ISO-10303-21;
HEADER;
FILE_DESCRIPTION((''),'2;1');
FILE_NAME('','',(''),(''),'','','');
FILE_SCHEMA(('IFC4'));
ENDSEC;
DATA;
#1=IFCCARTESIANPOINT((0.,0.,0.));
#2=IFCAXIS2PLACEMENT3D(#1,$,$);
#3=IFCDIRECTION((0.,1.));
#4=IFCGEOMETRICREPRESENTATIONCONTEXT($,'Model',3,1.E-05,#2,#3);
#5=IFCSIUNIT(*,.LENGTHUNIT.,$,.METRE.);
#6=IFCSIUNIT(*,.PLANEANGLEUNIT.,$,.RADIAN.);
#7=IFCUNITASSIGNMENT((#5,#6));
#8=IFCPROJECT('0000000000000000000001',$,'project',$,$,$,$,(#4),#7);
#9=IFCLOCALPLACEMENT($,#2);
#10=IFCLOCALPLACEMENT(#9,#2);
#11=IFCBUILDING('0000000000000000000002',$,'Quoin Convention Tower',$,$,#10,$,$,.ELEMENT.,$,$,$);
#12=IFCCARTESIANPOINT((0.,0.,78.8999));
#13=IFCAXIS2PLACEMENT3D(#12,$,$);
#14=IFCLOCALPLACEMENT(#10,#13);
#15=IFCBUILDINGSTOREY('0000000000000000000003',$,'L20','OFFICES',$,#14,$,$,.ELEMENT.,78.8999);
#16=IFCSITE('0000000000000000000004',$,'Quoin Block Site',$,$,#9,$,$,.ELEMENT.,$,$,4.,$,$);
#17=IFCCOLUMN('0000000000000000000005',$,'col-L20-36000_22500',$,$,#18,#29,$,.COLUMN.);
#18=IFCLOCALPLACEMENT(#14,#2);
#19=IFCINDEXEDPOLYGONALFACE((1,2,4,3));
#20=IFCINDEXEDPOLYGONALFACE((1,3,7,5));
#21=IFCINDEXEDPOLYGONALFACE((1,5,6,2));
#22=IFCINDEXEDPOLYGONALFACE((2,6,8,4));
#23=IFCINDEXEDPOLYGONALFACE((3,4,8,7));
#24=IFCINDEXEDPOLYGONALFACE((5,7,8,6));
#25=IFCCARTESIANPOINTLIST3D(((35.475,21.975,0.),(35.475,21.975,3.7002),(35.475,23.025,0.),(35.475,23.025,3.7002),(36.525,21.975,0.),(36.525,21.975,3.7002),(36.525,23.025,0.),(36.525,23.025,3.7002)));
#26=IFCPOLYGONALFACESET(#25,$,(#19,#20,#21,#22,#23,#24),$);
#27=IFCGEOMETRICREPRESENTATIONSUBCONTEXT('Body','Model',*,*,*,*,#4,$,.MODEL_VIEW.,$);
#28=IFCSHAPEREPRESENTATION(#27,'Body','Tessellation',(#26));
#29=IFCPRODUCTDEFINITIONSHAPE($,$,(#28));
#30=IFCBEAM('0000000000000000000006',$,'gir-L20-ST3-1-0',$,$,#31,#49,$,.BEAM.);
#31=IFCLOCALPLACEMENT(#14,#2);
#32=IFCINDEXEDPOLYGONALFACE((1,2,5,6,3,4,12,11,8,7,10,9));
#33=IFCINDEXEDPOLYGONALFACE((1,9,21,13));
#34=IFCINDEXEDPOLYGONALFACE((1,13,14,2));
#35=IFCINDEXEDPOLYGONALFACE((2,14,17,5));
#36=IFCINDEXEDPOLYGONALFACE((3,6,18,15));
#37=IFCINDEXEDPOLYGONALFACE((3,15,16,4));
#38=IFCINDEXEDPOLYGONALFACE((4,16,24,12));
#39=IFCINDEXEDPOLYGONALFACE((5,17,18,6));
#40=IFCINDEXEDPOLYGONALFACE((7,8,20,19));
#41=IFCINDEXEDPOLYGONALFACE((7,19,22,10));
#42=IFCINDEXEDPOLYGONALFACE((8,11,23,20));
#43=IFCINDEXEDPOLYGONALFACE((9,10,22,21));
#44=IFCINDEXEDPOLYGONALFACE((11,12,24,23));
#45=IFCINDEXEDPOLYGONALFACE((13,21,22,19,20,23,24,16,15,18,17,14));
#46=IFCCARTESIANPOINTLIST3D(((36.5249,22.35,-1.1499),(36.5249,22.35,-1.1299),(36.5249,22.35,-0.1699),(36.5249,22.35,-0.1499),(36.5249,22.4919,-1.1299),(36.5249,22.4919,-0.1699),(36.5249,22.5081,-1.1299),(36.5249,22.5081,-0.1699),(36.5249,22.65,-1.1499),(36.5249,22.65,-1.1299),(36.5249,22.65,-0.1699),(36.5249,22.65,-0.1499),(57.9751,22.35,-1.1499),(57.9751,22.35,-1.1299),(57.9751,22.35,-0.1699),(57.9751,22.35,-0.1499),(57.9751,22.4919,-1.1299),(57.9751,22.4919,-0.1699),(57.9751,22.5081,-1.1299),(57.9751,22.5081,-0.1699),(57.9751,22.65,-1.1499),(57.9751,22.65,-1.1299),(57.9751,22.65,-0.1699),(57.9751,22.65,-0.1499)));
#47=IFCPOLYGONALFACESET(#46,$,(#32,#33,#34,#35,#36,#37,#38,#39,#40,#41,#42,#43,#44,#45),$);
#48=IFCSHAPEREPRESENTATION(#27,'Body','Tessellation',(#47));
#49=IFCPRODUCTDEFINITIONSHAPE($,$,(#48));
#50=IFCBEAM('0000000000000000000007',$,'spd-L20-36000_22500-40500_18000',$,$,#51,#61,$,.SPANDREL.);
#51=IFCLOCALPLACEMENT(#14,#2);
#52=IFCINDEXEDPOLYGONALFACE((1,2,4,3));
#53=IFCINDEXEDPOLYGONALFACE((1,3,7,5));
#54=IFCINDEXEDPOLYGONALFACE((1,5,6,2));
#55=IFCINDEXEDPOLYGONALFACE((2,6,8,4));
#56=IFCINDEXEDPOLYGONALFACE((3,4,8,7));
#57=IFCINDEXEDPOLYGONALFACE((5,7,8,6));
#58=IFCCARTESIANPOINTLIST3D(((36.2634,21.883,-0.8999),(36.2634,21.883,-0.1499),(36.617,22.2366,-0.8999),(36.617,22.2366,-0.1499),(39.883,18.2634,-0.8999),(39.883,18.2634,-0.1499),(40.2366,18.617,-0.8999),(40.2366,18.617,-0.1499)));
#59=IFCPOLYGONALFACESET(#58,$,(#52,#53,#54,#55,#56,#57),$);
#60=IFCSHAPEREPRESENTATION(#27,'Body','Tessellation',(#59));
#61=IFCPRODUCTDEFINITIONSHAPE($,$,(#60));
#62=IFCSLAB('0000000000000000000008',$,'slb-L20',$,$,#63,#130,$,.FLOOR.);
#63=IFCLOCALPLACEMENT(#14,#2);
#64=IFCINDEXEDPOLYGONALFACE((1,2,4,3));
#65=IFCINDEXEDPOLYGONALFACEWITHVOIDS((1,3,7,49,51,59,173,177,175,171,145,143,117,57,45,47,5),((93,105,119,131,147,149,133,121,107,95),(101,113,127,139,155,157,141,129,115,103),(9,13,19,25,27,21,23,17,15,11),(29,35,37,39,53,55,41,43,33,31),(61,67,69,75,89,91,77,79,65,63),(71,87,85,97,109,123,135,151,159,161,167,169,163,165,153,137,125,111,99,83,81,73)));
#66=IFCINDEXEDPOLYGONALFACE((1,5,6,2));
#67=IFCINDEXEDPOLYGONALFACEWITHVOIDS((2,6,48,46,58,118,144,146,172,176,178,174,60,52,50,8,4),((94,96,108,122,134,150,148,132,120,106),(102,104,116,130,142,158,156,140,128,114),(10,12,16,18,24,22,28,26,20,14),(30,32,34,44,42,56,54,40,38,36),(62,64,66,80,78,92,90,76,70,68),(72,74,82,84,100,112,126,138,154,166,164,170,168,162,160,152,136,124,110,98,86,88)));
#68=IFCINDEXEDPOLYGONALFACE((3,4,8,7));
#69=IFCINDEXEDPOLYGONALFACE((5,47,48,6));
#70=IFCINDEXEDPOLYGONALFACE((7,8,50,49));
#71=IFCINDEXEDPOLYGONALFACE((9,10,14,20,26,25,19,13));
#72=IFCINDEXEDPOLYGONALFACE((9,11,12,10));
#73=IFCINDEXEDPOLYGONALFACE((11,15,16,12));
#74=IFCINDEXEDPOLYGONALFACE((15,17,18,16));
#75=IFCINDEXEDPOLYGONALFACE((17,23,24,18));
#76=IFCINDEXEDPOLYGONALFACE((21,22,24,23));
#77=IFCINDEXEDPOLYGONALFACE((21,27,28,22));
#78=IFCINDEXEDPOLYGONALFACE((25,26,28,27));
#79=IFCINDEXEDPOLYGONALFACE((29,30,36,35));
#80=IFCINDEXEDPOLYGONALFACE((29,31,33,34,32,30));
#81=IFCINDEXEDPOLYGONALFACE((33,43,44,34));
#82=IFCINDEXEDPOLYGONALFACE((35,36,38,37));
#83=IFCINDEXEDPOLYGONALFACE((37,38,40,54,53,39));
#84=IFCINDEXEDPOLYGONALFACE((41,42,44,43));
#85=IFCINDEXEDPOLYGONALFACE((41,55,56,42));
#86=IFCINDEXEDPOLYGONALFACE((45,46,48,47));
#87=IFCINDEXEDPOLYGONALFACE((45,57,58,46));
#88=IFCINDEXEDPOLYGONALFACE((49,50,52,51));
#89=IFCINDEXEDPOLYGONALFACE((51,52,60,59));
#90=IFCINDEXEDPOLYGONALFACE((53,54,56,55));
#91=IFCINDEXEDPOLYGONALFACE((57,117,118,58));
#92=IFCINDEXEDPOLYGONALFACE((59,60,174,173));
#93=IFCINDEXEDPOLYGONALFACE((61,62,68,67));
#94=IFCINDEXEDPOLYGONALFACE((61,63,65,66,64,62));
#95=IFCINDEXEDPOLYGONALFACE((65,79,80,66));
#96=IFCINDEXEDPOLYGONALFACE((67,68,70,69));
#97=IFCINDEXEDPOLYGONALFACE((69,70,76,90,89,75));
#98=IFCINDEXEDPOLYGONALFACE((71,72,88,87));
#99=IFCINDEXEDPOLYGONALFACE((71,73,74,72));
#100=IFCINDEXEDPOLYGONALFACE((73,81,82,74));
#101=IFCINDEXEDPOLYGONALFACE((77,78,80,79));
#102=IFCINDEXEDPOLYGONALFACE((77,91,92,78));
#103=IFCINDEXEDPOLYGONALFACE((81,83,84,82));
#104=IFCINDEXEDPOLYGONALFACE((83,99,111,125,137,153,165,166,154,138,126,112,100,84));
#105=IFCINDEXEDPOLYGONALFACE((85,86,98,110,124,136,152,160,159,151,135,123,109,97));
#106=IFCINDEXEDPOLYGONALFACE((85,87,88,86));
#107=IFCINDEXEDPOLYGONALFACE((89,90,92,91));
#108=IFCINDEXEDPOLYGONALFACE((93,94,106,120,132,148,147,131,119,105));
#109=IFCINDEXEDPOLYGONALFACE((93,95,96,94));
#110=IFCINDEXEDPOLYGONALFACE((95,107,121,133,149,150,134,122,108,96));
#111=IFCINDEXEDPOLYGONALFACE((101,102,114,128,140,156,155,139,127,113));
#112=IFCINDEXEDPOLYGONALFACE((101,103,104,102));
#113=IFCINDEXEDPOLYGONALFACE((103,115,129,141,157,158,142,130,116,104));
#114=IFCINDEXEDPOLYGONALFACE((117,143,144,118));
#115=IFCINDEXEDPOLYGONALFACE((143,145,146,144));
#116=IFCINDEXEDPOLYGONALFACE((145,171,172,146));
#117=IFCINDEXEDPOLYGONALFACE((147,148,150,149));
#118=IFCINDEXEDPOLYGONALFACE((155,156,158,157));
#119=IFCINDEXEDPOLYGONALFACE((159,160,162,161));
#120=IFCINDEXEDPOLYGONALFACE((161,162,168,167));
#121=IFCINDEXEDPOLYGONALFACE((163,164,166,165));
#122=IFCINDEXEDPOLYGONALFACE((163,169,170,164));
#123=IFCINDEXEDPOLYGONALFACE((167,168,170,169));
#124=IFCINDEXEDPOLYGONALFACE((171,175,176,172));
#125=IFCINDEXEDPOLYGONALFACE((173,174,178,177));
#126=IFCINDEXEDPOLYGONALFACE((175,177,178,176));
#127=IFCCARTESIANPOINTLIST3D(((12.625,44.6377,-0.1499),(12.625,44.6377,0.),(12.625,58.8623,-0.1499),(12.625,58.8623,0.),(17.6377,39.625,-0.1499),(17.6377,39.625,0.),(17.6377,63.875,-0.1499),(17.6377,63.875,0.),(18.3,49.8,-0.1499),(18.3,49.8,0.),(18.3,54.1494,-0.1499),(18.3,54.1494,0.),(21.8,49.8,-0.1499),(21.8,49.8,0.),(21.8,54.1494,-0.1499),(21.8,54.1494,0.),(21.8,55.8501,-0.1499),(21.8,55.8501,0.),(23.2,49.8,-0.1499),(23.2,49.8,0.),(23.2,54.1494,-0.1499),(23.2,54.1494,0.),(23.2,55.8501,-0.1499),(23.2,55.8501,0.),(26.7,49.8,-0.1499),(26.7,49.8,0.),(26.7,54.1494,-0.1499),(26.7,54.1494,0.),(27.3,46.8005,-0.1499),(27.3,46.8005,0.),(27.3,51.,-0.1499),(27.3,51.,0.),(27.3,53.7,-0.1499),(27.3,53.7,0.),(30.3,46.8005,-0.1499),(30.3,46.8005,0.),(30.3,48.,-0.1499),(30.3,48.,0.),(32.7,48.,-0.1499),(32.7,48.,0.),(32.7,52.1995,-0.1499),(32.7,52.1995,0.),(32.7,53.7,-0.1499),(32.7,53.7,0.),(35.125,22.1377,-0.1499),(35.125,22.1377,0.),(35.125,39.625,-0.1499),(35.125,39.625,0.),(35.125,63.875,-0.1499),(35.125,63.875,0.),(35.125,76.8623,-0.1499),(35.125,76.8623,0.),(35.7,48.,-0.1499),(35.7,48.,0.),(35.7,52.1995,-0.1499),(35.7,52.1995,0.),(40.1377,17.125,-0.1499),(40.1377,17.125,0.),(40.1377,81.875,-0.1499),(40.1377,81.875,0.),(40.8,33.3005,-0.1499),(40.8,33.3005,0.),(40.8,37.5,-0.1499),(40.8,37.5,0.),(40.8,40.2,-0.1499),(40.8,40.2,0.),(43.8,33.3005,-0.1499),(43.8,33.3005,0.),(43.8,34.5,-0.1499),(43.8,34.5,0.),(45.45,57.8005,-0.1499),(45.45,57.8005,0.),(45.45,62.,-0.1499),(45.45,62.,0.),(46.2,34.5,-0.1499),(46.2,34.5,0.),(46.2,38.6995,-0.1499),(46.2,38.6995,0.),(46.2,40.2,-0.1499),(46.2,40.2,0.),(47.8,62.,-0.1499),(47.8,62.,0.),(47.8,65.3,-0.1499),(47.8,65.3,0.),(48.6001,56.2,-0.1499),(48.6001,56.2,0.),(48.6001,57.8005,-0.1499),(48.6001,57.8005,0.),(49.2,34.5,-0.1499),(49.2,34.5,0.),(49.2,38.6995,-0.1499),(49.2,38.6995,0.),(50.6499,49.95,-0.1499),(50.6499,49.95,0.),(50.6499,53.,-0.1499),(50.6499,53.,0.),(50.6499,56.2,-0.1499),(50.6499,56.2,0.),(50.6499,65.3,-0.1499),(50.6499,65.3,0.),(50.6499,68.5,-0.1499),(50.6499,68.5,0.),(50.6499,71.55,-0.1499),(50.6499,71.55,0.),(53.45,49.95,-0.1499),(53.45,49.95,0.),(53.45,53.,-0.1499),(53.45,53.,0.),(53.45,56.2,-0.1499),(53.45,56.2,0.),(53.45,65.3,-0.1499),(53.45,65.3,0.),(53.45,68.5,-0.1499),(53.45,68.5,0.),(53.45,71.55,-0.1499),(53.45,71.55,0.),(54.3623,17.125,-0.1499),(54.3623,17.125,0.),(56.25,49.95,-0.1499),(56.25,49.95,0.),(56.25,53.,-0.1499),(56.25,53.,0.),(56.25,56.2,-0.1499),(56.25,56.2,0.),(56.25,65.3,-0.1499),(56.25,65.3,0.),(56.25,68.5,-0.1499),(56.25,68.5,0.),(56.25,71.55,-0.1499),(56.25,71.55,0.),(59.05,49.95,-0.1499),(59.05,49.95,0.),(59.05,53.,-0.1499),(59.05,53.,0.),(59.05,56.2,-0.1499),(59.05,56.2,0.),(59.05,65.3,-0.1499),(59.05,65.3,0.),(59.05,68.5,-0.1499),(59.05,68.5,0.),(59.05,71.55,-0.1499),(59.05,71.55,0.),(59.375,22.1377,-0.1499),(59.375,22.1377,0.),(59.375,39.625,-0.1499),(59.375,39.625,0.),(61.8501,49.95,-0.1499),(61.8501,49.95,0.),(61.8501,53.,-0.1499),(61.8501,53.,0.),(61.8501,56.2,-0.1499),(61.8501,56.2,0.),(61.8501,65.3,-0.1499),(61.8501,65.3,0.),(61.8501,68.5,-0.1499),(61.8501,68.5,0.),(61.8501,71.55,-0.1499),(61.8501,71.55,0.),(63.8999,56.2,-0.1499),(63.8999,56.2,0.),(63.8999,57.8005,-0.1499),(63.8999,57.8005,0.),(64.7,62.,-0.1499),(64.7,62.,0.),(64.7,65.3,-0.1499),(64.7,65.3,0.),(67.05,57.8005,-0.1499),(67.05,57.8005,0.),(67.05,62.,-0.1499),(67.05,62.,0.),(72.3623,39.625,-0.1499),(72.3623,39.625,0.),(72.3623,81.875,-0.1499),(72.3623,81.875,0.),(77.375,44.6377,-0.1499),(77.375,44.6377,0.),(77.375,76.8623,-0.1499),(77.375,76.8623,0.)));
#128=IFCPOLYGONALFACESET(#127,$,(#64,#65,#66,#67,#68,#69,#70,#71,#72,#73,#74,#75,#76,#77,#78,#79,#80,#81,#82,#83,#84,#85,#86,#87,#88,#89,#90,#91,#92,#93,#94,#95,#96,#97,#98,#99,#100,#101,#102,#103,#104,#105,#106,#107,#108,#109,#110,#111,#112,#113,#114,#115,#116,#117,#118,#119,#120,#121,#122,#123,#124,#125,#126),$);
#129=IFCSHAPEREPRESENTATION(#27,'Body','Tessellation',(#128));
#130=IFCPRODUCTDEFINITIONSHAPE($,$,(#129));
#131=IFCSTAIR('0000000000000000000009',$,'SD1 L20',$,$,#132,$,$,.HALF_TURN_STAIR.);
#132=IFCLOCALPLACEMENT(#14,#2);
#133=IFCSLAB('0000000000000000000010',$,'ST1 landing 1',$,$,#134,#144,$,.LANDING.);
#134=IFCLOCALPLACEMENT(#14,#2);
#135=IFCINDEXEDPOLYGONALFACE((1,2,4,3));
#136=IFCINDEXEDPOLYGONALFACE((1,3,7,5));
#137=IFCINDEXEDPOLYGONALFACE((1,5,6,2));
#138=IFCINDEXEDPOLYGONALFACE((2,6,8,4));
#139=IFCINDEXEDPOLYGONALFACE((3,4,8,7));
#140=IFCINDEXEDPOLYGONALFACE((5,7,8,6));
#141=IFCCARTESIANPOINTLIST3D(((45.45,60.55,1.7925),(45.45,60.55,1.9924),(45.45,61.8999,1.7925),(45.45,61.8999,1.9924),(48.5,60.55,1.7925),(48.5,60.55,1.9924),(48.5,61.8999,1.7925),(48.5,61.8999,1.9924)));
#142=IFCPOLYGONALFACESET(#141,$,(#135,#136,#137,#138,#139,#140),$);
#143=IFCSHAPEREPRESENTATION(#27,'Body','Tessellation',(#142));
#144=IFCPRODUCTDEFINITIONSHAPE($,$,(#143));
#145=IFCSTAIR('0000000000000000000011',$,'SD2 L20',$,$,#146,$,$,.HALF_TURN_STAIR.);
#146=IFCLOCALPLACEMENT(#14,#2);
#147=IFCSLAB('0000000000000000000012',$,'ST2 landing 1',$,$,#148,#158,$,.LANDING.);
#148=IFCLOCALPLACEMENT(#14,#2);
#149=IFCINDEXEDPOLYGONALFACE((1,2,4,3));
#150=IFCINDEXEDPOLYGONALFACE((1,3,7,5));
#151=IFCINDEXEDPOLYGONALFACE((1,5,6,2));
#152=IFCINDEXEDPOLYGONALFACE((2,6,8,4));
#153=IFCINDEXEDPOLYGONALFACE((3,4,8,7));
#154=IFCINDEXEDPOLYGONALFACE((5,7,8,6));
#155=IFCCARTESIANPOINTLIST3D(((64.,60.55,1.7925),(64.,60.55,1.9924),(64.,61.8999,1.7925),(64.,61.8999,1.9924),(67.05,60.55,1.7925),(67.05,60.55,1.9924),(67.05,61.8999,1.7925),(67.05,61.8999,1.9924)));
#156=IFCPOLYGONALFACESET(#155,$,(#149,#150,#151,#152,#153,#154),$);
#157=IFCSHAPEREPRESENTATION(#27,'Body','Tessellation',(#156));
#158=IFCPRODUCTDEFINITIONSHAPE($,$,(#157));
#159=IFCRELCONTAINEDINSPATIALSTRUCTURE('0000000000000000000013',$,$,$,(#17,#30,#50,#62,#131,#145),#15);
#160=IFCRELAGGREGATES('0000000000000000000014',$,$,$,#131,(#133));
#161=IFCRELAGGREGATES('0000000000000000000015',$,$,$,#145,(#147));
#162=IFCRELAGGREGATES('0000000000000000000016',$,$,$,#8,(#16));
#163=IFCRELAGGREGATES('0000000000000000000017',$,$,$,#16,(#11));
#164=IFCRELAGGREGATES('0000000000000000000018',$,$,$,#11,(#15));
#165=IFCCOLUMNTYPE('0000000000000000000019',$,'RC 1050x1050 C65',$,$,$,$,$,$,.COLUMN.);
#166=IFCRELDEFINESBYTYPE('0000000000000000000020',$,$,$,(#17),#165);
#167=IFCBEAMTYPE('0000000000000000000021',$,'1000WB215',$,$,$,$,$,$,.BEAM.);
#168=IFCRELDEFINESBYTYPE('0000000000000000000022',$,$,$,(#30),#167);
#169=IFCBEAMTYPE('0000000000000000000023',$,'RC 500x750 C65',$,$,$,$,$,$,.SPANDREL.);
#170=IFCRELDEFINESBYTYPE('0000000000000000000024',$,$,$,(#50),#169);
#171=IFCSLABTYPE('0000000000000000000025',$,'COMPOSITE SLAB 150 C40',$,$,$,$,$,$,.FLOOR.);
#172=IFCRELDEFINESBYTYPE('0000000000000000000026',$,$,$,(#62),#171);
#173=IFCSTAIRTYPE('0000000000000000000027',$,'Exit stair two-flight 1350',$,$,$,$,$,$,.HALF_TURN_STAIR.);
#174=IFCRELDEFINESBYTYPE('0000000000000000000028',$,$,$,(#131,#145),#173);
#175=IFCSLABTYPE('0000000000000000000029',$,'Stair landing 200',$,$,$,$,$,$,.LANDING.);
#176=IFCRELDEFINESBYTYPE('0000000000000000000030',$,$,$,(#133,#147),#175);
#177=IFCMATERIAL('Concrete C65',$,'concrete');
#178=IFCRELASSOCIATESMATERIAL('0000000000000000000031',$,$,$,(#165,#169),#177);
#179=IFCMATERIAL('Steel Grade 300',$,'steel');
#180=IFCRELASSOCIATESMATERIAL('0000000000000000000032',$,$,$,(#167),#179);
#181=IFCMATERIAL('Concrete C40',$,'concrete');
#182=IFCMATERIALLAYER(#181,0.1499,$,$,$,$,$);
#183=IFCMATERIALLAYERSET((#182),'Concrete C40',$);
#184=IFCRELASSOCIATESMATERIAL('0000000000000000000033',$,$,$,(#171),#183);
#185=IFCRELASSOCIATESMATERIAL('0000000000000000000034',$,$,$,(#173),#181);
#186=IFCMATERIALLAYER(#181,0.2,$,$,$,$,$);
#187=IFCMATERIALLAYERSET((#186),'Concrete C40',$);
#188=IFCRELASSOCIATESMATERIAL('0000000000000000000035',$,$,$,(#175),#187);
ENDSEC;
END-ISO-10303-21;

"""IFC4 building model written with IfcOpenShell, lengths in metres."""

from ifc_helpers import new_model, si_unit, direction, frame, origin, origin_2d, place, context, subcontext, project, spatial, polyline, rectangle, i_section, outline, extrude, material, layer, layer_set, material_profile, profile_set, type_object, element, aggregate, save


model = new_model("IFC4")

# Units and contexts
model_context = context("Model", 3, precision=1e-05, world=origin(), true_north=direction((0.0, 1.0)))
body_context = subcontext(model_context, "Body", "Model", "MODEL_VIEW")
ifc_project = project(units=[si_unit("LENGTHUNIT", "METRE"), si_unit("PLANEANGLEUNIT", "RADIAN")], contexts=[model_context])

# Site, building, storey
site_placement = place(None, origin())
site = spatial("IfcSite", under=ifc_project, at=site_placement, Name="Quoin Block Site", CompositionType="ELEMENT", RefElevation=4.0)
building_placement = place(site_placement, origin())
building = spatial("IfcBuilding", under=site, at=building_placement, Name="Quoin Convention Tower", CompositionType="ELEMENT")
storey_placement = place(building_placement, frame((0.0, 0.0, 78.8999)))
storey = spatial("IfcBuildingStorey", under=building, at=storey_placement, Name="L20", Description="OFFICES", CompositionType="ELEMENT", Elevation=78.8999)

# Column
ifc_material_1 = material(Name="Concrete C65", Category="concrete")
ifc_material_profile_1 = material_profile(ifc_material_1, rectangle(XDim=1.05, YDim=1.05, at=origin_2d()), Name="RC 1050x1050")
ifc_profile_set_1 = profile_set([ifc_material_profile_1], Name="Concrete C65")
column_type = type_object("IfcColumnType", Name="RC 1050x1050 C65", PredefinedType="COLUMN", material=ifc_profile_set_1)
column_placement = place(storey_placement, frame((36.0, 22.5, 0.0), z_axis=(0.0, 0.0, 1.0), x_axis=(1.0, 0.0, 0.0)))
element("IfcColumn", 1, at=column_placement, inside=storey, type_object=column_type, Name="col-L20-36000_22500", PredefinedType="COLUMN", context=body_context, shape_type="SweptSolid", body=[
    extrude(rectangle(XDim=1.05, YDim=1.05, at=origin_2d()), origin(), (0.0, 0.0, 1.0), 3.7002),
])

# Beams
ifc_material_2 = material(Name="Steel Grade 300", Category="steel")
ifc_material_profile_2 = material_profile(ifc_material_2, i_section(OverallWidth=0.3, OverallDepth=1.0, WebThickness=0.0161, FlangeThickness=0.02, at=origin_2d()), Name="1000WB215")
ifc_profile_set_2 = profile_set([ifc_material_profile_2], Name="Steel Grade 300")
beam_type_1 = type_object("IfcBeamType", Name="1000WB215", PredefinedType="BEAM", material=ifc_profile_set_2)
beam_1_placement = place(storey_placement, frame((36.5249, 22.5, -0.6499), z_axis=(1.0, 0.0, 0.0), x_axis=(0.0, 1.0, 0.0)))
element("IfcBeam", 2, at=beam_1_placement, inside=storey, type_object=beam_type_1, Name="gir-L20-ST3-1-0", PredefinedType="BEAM", context=body_context, shape_type="SweptSolid", body=[
    extrude(i_section(OverallWidth=0.3, OverallDepth=1.0, WebThickness=0.0161, FlangeThickness=0.02, at=origin_2d()), origin(), (0.0, 0.0, 1.0), 21.4502),
])
ifc_material_profile_3 = material_profile(ifc_material_1, rectangle(XDim=0.5, YDim=0.75, at=origin_2d()), Name="RC 500x750")
ifc_profile_set_3 = profile_set([ifc_material_profile_3], Name="Concrete C65")
beam_type_2 = type_object("IfcBeamType", Name="RC 500x750 C65", PredefinedType="SPANDREL", material=ifc_profile_set_3)
beam_2_placement = place(storey_placement, frame((36.4402, 22.0598, -0.5249), z_axis=(0.707107, -0.707107, 0.0), x_axis=(0.707107, 0.707107, 0.0)))
element("IfcBeam", 3, at=beam_2_placement, inside=storey, type_object=beam_type_2, Name="spd-L20-36000_22500-40500_18000", PredefinedType="SPANDREL", context=body_context, shape_type="SweptSolid", body=[
    extrude(rectangle(XDim=0.5, YDim=0.75, at=origin_2d()), origin(), (0.0, 0.0, 1.0), 5.1189),
])

# Slab
ifc_material_3 = material(Name="Concrete C40", Category="concrete")
ifc_layer_1 = layer(ifc_material_3, 0.1499)
ifc_layer_set_1 = layer_set([ifc_layer_1], Name="Concrete C40")
slab_type_1 = type_object("IfcSlabType", Name="COMPOSITE SLAB 150 C40", PredefinedType="FLOOR", material=ifc_layer_set_1)
slab_1_placement = place(storey_placement, frame((0.0, 0.0, -0.1499)))
element("IfcSlab", 4, at=slab_1_placement, inside=storey, type_object=slab_type_1, Name="slb-L20", PredefinedType="FLOOR", context=body_context, shape_type="SweptSolid", body=[
    extrude(outline(polyline([(59.375, 22.1377), (54.3623, 17.125), (40.1377, 17.125), (35.125, 22.1377), (35.125, 39.625), (17.6377, 39.625), (12.625, 44.6377), (12.625, 58.8623), (17.6377, 63.875), (35.125, 63.875), (35.125, 76.8623), (40.1377, 81.875), (72.3623, 81.875), (77.375, 76.8623), (77.375, 44.6377), (72.3623, 39.625), (59.375, 39.625), (59.375, 22.1377)]), holes=[polyline([(40.8, 40.2), (40.8, 37.5), (40.8, 33.3005), (43.8, 33.3005), (43.8, 34.5), (46.2, 34.5), (49.2, 34.5), (49.2, 38.6995), (46.2, 38.6995), (46.2, 40.2), (40.8, 40.2)]), polyline([(35.7, 52.1995), (32.7, 52.1995), (32.7, 53.7), (27.3, 53.7), (27.3, 51.0), (27.3, 46.8005), (30.3, 46.8005), (30.3, 48.0), (32.7, 48.0), (35.7, 48.0), (35.7, 52.1995)]), polyline([(53.45, 49.95), (56.25, 49.95), (59.05, 49.95), (61.8501, 49.95), (61.8501, 53.0), (59.05, 53.0), (56.25, 53.0), (53.45, 53.0), (50.6499, 53.0), (50.6499, 49.95), (53.45, 49.95)]), polyline([(21.8, 55.8501), (21.8, 54.1494), (18.3, 54.1494), (18.3, 49.8), (21.8, 49.8), (23.2, 49.8), (26.7, 49.8), (26.7, 54.1494), (23.2, 54.1494), (23.2, 55.8501), (21.8, 55.8501)]), polyline([(48.6001, 57.8005), (48.6001, 56.2), (50.6499, 56.2), (53.45, 56.2), (56.25, 56.2), (59.05, 56.2), (61.8501, 56.2), (63.8999, 56.2), (63.8999, 57.8005), (67.05, 57.8005), (67.05, 62.0), (64.7, 62.0), (64.7, 65.3), (61.8501, 65.3), (59.05, 65.3), (56.25, 65.3), (53.45, 65.3), (50.6499, 65.3), (47.8, 65.3), (47.8, 62.0), (45.45, 62.0), (45.45, 57.8005), (48.6001, 57.8005)]), polyline([(50.6499, 68.5), (53.45, 68.5), (56.25, 68.5), (59.05, 68.5), (61.8501, 68.5), (61.8501, 71.55), (59.05, 71.55), (56.25, 71.55), (53.45, 71.55), (50.6499, 71.55), (50.6499, 68.5)])]), origin(), (0.0, 0.0, 1.0), 0.1499),
])

# Stairs, slabs
stair_type_1 = type_object("IfcStairType", Name="Exit stair two-flight 1350", PredefinedType="HALF_TURN_STAIR", material=ifc_material_3)
stair_1_placement = place(storey_placement, origin())
stair_1 = element("IfcStair", 5, at=stair_1_placement, inside=storey, type_object=stair_type_1, Name="SD1 L20", PredefinedType="HALF_TURN_STAIR")
ifc_layer_2 = layer(ifc_material_3, 0.2)
ifc_layer_set_2 = layer_set([ifc_layer_2], Name="Concrete C40")
slab_type_2 = type_object("IfcSlabType", Name="Stair landing 200", PredefinedType="LANDING", material=ifc_layer_set_2)
slab_2_placement = place(storey_placement, frame((0.0, 0.0, 1.7925)))
slab_2 = element("IfcSlab", 6, at=slab_2_placement, type_object=slab_type_2, Name="ST1 landing 1", PredefinedType="LANDING", context=body_context, shape_type="SweptSolid", body=[
    extrude(outline(polyline([(45.45, 60.55), (48.5, 60.55), (48.5, 61.8999), (45.45, 61.8999), (45.45, 60.55)])), origin(), (0.0, 0.0, 1.0), 0.2),
])
aggregate(stair_1, [slab_2])
stair_2_placement = place(storey_placement, origin())
stair_2 = element("IfcStair", 7, at=stair_2_placement, inside=storey, type_object=stair_type_1, Name="SD2 L20", PredefinedType="HALF_TURN_STAIR")
slab_3_placement = place(storey_placement, frame((0.0, 0.0, 1.7925)))
slab_3 = element("IfcSlab", 8, at=slab_3_placement, type_object=slab_type_2, Name="ST2 landing 1", PredefinedType="LANDING", context=body_context, shape_type="SweptSolid", body=[
    extrude(outline(polyline([(64.0, 60.55), (67.05, 60.55), (67.05, 61.8999), (64.0, 61.8999), (64.0, 60.55)])), origin(), (0.0, 0.0, 1.0), 0.2),
])
aggregate(stair_2, [slab_3])

save(model, "model.ifc")
